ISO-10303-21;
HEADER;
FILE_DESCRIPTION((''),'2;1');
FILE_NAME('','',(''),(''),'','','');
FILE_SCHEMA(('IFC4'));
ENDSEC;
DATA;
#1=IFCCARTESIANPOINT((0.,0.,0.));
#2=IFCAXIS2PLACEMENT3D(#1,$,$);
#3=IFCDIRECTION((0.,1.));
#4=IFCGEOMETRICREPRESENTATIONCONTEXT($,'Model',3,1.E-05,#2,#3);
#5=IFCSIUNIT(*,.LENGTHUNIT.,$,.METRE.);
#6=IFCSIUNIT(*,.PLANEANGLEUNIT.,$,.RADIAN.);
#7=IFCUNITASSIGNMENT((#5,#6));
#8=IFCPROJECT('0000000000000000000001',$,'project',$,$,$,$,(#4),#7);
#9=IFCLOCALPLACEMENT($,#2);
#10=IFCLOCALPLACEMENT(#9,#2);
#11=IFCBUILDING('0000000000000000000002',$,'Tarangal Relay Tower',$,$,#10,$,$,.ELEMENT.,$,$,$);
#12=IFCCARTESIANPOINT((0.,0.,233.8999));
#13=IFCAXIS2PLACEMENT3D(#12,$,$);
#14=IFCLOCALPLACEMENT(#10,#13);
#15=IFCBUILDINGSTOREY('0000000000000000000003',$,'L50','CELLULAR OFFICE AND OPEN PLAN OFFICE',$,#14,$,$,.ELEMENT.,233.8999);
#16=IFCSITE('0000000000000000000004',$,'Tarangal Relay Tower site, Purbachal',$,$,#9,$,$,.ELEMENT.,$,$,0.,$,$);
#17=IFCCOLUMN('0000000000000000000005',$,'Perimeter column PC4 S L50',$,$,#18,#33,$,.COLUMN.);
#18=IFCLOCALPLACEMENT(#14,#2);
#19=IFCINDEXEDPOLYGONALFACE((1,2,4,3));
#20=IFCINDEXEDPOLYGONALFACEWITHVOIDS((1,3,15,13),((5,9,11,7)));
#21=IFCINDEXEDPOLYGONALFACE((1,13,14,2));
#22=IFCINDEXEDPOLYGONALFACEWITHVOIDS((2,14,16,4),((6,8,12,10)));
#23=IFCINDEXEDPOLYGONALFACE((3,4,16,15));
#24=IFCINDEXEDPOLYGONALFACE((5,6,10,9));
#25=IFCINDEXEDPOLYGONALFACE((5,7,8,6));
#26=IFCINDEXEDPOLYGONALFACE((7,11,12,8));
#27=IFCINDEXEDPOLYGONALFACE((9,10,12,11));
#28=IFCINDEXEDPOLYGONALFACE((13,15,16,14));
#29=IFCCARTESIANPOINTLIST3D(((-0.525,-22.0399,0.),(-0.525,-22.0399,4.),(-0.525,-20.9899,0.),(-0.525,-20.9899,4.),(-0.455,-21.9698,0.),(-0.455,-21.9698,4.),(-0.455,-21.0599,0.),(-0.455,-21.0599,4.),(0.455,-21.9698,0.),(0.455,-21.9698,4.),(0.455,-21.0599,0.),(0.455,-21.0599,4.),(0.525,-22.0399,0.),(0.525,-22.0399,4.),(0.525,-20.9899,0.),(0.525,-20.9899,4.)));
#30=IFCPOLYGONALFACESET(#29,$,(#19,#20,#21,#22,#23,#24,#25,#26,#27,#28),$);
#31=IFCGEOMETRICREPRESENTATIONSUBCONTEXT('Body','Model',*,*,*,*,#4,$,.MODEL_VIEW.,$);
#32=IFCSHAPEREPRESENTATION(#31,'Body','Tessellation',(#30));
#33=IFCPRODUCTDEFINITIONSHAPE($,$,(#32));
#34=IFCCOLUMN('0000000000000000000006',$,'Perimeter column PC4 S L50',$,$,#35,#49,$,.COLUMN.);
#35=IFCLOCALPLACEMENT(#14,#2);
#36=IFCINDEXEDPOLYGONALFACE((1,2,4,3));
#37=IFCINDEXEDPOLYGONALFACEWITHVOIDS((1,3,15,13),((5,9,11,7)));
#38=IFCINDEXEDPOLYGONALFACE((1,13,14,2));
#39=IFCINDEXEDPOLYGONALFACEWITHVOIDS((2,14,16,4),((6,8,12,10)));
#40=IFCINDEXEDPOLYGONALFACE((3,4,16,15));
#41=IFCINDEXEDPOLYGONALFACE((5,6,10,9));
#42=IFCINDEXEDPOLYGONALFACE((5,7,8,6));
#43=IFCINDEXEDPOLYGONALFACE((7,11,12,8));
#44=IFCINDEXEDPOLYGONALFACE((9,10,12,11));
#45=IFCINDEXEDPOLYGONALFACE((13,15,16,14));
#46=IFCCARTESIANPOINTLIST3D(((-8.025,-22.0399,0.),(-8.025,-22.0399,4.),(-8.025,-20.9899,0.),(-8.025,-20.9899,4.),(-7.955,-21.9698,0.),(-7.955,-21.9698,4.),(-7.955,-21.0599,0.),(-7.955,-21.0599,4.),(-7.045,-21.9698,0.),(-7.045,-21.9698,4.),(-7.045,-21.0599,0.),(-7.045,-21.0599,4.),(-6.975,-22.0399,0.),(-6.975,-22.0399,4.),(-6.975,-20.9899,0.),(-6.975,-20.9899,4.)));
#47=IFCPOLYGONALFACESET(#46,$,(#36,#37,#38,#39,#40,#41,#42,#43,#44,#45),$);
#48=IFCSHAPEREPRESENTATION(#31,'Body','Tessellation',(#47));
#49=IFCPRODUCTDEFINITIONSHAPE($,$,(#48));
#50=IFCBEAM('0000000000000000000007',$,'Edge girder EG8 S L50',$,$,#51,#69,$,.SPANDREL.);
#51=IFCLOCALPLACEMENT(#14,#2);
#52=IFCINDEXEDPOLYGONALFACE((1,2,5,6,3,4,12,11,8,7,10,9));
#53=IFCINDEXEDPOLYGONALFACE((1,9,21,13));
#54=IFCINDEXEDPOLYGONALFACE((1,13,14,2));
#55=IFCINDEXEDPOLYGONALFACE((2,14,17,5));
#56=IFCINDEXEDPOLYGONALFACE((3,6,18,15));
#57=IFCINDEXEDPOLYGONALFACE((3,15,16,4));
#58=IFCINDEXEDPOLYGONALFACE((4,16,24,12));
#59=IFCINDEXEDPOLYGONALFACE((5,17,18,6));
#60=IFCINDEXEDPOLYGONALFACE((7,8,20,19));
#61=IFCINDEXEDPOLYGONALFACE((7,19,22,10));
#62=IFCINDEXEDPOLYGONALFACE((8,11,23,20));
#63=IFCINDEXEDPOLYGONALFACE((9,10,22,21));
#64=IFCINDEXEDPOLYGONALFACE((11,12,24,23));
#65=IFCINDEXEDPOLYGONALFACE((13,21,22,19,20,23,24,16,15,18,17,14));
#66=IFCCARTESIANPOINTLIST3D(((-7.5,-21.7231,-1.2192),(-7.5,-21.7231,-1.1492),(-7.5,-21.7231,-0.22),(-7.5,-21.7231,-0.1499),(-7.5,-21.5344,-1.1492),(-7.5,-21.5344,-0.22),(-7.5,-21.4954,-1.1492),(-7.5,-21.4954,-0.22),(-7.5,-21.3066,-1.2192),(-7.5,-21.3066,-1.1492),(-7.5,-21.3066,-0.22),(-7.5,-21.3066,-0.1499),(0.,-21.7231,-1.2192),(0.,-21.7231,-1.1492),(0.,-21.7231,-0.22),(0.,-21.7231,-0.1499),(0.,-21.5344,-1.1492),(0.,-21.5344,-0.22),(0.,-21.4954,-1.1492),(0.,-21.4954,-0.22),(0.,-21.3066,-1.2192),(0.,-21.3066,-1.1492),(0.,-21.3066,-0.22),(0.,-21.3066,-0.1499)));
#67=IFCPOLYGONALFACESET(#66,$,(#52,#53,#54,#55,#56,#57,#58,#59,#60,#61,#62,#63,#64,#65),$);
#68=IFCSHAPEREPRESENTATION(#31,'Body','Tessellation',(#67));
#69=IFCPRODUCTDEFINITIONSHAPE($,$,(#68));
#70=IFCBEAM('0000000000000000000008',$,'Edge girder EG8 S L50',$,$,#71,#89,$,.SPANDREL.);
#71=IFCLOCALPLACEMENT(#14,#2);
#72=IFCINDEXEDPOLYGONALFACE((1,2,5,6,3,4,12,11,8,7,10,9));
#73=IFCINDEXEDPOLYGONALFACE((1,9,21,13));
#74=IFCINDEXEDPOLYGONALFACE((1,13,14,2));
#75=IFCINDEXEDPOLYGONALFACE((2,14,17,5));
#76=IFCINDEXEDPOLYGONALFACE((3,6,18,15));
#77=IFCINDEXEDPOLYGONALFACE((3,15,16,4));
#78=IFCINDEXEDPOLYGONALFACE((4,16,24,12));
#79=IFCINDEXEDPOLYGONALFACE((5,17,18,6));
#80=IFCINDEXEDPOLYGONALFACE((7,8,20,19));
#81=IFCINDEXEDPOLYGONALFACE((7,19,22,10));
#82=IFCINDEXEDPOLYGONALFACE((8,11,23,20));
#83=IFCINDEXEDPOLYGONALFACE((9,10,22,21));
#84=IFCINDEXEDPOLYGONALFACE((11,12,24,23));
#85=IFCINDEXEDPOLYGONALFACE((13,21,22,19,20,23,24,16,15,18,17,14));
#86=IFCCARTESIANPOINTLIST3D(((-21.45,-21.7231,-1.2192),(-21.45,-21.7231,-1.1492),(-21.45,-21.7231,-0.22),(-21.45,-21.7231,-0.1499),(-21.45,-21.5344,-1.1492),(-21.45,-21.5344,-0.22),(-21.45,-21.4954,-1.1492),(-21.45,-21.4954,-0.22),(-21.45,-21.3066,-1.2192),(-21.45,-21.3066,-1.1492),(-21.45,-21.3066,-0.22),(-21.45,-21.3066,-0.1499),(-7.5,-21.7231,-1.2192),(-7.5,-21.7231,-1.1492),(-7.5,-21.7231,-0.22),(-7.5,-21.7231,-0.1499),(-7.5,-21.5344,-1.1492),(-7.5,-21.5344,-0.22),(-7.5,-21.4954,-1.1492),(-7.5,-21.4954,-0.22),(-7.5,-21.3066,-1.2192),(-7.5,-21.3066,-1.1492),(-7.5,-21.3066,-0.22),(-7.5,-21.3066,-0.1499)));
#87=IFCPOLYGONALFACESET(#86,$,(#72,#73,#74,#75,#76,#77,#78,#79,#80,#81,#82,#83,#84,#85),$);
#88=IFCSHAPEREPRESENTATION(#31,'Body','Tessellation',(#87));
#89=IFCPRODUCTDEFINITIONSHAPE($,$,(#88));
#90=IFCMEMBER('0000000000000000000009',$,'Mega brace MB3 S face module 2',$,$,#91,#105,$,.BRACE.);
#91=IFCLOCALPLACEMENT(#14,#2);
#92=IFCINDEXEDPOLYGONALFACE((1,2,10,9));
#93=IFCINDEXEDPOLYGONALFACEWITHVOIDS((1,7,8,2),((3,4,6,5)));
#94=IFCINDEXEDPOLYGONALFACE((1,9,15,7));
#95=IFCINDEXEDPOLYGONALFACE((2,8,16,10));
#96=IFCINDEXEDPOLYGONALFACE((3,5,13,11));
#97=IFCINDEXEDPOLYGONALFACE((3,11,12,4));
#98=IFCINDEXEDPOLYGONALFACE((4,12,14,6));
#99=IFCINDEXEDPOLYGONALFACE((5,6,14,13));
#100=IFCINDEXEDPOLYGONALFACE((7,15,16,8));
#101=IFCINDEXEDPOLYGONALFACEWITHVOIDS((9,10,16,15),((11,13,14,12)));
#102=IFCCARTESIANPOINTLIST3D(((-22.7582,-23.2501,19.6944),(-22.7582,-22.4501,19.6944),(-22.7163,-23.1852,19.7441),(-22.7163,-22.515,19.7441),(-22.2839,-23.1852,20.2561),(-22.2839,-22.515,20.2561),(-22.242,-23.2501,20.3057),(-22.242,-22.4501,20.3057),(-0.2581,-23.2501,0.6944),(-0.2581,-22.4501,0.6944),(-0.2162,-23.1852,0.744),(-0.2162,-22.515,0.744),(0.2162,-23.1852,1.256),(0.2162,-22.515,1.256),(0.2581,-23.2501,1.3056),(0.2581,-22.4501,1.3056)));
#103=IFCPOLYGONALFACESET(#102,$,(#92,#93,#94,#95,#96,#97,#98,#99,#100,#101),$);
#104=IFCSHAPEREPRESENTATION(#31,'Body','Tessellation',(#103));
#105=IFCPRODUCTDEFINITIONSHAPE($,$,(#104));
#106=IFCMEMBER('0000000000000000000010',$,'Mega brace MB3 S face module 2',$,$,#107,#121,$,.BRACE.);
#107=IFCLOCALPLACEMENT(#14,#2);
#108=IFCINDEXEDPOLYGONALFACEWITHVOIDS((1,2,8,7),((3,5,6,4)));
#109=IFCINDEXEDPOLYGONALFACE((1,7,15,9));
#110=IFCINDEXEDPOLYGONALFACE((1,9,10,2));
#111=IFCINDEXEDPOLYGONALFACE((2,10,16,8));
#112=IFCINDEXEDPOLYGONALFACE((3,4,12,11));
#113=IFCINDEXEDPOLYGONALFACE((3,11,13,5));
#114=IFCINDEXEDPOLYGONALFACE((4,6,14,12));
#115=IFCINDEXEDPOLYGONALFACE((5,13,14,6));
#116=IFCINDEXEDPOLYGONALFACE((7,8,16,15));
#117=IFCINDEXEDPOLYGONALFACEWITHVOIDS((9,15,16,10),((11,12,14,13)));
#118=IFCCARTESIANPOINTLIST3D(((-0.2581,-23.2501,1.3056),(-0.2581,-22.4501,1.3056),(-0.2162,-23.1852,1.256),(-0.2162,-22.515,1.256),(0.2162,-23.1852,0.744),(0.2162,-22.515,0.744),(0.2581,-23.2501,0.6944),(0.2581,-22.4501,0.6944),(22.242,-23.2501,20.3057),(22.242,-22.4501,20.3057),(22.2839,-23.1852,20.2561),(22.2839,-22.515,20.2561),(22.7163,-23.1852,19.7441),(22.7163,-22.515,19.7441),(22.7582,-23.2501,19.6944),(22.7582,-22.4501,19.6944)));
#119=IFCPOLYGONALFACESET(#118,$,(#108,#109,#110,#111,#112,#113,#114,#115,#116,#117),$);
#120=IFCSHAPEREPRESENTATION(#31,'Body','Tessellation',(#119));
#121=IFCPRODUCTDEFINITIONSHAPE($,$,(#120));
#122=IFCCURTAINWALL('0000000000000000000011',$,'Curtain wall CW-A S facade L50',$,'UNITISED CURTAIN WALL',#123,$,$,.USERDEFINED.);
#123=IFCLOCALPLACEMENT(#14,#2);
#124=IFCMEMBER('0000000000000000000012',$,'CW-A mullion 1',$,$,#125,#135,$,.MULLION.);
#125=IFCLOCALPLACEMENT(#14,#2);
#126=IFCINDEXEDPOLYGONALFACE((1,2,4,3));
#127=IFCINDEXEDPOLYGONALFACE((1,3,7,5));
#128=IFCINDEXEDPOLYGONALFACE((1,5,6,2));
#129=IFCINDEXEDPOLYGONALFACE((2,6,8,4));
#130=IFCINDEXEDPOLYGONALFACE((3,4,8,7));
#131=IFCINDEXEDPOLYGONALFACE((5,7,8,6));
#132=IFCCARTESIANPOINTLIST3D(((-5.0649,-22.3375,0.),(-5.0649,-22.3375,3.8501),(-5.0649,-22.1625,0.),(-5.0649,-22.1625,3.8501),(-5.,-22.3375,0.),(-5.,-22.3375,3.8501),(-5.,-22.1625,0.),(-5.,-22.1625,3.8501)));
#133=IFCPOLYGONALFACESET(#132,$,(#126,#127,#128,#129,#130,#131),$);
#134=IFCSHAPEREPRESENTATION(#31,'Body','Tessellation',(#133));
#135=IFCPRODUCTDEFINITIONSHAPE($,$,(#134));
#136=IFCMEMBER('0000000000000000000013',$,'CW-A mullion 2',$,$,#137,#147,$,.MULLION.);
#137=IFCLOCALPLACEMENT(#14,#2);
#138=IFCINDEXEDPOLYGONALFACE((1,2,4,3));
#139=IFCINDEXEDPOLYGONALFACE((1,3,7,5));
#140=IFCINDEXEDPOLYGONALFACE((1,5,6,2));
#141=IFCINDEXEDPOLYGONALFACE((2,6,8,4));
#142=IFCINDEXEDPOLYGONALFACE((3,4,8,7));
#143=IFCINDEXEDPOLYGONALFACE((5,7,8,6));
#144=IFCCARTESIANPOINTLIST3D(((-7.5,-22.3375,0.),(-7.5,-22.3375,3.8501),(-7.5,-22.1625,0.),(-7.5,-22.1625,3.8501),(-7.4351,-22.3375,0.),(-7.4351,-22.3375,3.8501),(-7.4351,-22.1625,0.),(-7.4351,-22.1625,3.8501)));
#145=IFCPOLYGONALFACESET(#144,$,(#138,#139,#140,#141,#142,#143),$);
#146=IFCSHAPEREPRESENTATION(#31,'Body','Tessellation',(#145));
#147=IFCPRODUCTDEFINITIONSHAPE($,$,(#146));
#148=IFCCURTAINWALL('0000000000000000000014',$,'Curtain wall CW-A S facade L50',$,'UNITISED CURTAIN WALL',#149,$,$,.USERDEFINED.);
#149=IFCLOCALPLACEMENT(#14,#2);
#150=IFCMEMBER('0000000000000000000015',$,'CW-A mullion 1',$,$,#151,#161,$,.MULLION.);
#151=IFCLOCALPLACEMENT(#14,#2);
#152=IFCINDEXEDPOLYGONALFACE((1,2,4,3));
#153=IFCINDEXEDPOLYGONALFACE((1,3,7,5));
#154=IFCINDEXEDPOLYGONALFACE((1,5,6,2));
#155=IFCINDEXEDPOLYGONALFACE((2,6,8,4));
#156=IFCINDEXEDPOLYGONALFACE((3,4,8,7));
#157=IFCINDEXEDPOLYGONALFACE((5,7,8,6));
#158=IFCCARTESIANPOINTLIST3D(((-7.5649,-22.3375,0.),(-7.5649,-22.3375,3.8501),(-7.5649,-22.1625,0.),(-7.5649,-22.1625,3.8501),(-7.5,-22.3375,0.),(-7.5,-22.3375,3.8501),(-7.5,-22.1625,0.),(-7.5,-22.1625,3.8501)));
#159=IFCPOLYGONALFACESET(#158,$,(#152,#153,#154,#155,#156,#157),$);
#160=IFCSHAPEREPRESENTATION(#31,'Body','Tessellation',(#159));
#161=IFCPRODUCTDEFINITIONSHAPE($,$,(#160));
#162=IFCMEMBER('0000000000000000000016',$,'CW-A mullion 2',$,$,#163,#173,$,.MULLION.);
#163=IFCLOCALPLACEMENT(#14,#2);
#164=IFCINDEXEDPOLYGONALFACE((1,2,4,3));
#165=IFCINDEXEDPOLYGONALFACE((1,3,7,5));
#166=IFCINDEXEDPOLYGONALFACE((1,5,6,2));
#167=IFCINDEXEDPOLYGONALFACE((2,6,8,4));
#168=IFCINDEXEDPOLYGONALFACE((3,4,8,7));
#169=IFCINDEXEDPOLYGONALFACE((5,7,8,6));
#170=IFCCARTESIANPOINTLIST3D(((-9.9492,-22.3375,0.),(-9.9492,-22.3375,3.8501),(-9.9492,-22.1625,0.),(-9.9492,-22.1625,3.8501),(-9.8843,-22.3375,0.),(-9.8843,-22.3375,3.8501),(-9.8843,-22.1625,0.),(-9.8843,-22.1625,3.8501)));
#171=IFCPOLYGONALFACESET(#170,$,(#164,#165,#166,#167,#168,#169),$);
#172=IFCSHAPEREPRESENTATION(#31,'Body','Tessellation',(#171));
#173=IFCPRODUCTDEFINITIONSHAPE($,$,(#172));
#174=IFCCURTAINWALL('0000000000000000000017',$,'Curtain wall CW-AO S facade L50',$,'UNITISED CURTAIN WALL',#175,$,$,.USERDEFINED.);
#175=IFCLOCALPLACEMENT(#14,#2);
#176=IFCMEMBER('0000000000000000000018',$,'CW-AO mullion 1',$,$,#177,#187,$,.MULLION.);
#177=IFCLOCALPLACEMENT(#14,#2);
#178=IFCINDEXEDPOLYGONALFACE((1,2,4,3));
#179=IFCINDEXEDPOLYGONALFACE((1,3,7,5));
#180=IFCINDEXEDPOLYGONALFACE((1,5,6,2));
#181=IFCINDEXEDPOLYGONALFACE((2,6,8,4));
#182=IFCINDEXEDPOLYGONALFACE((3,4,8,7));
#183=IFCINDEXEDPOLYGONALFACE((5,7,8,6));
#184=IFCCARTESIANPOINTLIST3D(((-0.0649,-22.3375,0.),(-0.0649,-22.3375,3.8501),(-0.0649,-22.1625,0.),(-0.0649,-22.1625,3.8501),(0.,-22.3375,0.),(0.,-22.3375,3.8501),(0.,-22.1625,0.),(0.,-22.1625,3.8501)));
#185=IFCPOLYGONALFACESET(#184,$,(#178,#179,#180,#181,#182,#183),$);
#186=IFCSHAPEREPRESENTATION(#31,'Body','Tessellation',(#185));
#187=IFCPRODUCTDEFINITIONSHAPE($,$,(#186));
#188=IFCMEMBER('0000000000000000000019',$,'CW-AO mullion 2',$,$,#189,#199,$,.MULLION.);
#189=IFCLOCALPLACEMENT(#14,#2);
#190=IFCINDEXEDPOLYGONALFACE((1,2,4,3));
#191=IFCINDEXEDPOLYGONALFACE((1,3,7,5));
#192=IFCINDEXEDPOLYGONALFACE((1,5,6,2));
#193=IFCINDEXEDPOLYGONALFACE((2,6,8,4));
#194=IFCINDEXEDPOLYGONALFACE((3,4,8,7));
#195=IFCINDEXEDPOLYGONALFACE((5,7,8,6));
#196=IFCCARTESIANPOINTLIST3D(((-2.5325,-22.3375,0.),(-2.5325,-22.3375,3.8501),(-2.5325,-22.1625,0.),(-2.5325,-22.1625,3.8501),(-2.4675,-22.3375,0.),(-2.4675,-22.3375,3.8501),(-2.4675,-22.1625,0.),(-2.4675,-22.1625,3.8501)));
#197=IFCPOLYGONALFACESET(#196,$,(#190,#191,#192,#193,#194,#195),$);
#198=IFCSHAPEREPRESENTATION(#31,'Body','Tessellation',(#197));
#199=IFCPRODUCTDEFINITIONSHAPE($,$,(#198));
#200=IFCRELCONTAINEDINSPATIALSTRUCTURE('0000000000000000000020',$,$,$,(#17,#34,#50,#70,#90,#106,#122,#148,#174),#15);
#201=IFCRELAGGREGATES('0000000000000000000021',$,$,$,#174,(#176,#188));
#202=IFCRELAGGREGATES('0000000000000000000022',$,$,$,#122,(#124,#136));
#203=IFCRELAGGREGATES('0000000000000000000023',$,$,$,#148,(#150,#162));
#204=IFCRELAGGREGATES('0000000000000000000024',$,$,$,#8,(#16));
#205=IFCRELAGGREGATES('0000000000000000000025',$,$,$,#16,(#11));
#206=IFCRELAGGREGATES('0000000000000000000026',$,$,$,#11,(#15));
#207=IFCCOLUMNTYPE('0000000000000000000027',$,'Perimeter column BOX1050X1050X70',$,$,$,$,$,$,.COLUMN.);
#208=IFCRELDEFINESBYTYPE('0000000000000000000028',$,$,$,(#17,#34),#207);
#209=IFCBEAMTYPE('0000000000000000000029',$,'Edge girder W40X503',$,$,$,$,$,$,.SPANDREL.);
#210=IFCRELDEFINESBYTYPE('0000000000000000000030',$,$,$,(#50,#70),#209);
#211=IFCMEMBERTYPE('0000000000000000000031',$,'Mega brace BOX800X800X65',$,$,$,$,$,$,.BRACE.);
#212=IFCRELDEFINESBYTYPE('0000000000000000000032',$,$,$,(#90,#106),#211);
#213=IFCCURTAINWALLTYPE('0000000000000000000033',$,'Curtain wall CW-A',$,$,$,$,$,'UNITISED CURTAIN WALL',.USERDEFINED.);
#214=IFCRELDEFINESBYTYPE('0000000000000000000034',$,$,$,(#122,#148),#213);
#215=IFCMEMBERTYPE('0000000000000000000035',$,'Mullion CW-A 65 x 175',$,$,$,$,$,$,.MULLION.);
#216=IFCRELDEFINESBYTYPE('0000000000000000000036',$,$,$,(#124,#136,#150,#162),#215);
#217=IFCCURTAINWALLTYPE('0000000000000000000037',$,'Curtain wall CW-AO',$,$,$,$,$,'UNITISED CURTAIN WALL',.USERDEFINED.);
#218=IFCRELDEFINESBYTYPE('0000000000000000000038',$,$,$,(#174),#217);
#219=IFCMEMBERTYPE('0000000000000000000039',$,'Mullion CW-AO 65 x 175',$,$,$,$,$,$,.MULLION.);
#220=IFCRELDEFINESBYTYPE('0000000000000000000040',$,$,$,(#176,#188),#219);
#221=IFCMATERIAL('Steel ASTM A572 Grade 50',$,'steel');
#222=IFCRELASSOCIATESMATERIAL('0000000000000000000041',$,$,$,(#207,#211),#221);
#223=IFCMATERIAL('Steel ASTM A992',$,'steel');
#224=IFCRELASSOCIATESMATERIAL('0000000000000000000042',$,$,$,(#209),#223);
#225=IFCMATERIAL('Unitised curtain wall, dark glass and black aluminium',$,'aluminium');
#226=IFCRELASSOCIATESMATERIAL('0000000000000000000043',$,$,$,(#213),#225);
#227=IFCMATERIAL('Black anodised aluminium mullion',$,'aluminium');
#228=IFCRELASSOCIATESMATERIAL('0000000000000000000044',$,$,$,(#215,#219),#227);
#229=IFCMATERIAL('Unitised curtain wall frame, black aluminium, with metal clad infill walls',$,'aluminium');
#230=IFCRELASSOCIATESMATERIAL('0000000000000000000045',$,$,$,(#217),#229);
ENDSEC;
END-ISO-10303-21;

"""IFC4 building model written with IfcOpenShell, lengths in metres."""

from ifc_helpers import new_model, si_unit, direction, frame, origin, origin_2d, place, context, subcontext, project, spatial, rectangle, hollow_rectangle, i_section, extrude, material, material_profile, profile_set, type_object, element, aggregate, save


model = new_model("IFC4")

# Units and contexts
model_context = context("Model", 3, precision=1e-05, world=origin(), true_north=direction((0.0, 1.0)))
body_context = subcontext(model_context, "Body", "Model", "MODEL_VIEW")
ifc_project = project(units=[si_unit("LENGTHUNIT", "METRE"), si_unit("PLANEANGLEUNIT", "RADIAN")], contexts=[model_context])

# Site, building, storey
site_placement = place(None, origin())
site = spatial("IfcSite", under=ifc_project, at=site_placement, Name="Tarangal Relay Tower site, Purbachal", CompositionType="ELEMENT", RefElevation=0.0)
building_placement = place(site_placement, origin())
building = spatial("IfcBuilding", under=site, at=building_placement, Name="Tarangal Relay Tower", CompositionType="ELEMENT")
storey_placement = place(building_placement, frame((0.0, 0.0, 233.8999)))
storey = spatial("IfcBuildingStorey", under=building, at=storey_placement, Name="L50", Description="CELLULAR OFFICE AND OPEN PLAN OFFICE", CompositionType="ELEMENT", Elevation=233.8999)

# Columns
ifc_material_1 = material(Name="Steel ASTM A572 Grade 50", Category="steel")
ifc_material_profile_1 = material_profile(ifc_material_1, hollow_rectangle(XDim=1.05, YDim=1.05, WallThickness=0.0701, at=origin_2d()), Name="BOX1050X1050X70")
ifc_profile_set_1 = profile_set([ifc_material_profile_1], Name="Steel ASTM A572 Grade 50")
column_type = type_object("IfcColumnType", Name="Perimeter column BOX1050X1050X70", PredefinedType="COLUMN", material=ifc_profile_set_1)
for number, where, z_axis, x_axis, name in (
    (1, (0.0, -21.5149, 0.0), (0.0, 0.0, 1.0), (1.0, 0.0, 0.0), "Perimeter column PC4 S L50"),
    (2, (-7.5, -21.5149, 0.0), (0.0, 0.0, 1.0), (1.0, 0.0, 0.0), "Perimeter column PC4 S L50"),
):
    element("IfcColumn", number, at=place(storey_placement, frame(where, z_axis=z_axis, x_axis=x_axis)), inside=storey, type_object=column_type, Name=name, PredefinedType="COLUMN", context=body_context, shape_type="SweptSolid", body=[
        extrude(hollow_rectangle(XDim=1.05, YDim=1.05, WallThickness=0.0701, at=origin_2d()), origin(), (0.0, 0.0, 1.0), 4.0),
    ])

# Beams
ifc_material_2 = material(Name="Steel ASTM A992", Category="steel")
ifc_material_profile_2 = material_profile(ifc_material_2, i_section(OverallWidth=0.4165, OverallDepth=1.0693, WebThickness=0.0391, FlangeThickness=0.0701, at=origin_2d()), Name="W40X503")
ifc_profile_set_2 = profile_set([ifc_material_profile_2], Name="Steel ASTM A992")
beam_type = type_object("IfcBeamType", Name="Edge girder W40X503", PredefinedType="SPANDREL", material=ifc_profile_set_2)
beam_1_placement = place(storey_placement, frame((0.0, -21.5149, -0.6846), z_axis=(-1.0, 0.0, 0.0), x_axis=(0.0, -1.0, 0.0)))
element("IfcBeam", 3, at=beam_1_placement, inside=storey, type_object=beam_type, Name="Edge girder EG8 S L50", PredefinedType="SPANDREL", context=body_context, shape_type="SweptSolid", body=[
    extrude(i_section(OverallWidth=0.4165, OverallDepth=1.0693, WebThickness=0.0391, FlangeThickness=0.0701, at=origin_2d()), origin(), (0.0, 0.0, 1.0), 7.5),
])
beam_2_placement = place(storey_placement, frame((-7.5, -21.5149, -0.6846), z_axis=(-1.0, 0.0, 0.0), x_axis=(0.0, -1.0, 0.0)))
element("IfcBeam", 4, at=beam_2_placement, inside=storey, type_object=beam_type, Name="Edge girder EG8 S L50", PredefinedType="SPANDREL", context=body_context, shape_type="SweptSolid", body=[
    extrude(i_section(OverallWidth=0.4165, OverallDepth=1.0693, WebThickness=0.0391, FlangeThickness=0.0701, at=origin_2d()), origin(), (0.0, 0.0, 1.0), 13.95),
])

# Members
ifc_material_profile_3 = material_profile(ifc_material_1, hollow_rectangle(XDim=0.8, YDim=0.8, WallThickness=0.0649, at=origin_2d()), Name="BOX800X800X65")
ifc_profile_set_3 = profile_set([ifc_material_profile_3], Name="Steel ASTM A572 Grade 50")
member_type_1 = type_object("IfcMemberType", Name="Mega brace BOX800X800X65", PredefinedType="BRACE", material=ifc_profile_set_3)
for number, where, z_axis, x_axis, name in (
    (5, (0.0, -22.8501, 1.0), (-0.76403, 0.0, 0.645181), (0.0, -1.0, 0.0), "Mega brace MB3 S face module 2"),
    (6, (0.0, -22.8501, 1.0), (0.76403, 0.0, 0.645181), (0.0, 1.0, 0.0), "Mega brace MB3 S face module 2"),
):
    element("IfcMember", number, at=place(storey_placement, frame(where, z_axis=z_axis, x_axis=x_axis)), inside=storey, type_object=member_type_1, Name=name, PredefinedType="BRACE", context=body_context, shape_type="SweptSolid", body=[
        extrude(hollow_rectangle(XDim=0.8, YDim=0.8, WallThickness=0.0649, at=origin_2d()), origin(), (0.0, 0.0, 1.0), 29.4492),
    ])

# Curtain walls, members
ifc_material_3 = material(Name="Unitised curtain wall, dark glass and black aluminium", Category="aluminium")
curtain_wall_type_1 = type_object("IfcCurtainWallType", Name="Curtain wall CW-A", ElementType="UNITISED CURTAIN WALL", PredefinedType="USERDEFINED", material=ifc_material_3)
curtain_wall_1_placement = place(storey_placement, origin())
curtain_wall_1 = element("IfcCurtainWall", 7, at=curtain_wall_1_placement, inside=storey, type_object=curtain_wall_type_1, Name="Curtain wall CW-A S facade L50", ObjectType="UNITISED CURTAIN WALL", PredefinedType="USERDEFINED")
ifc_material_4 = material(Name="Black anodised aluminium mullion", Category="aluminium")
ifc_material_profile_4 = material_profile(ifc_material_4, rectangle(XDim=0.175, YDim=0.0649, at=origin_2d()), Name="CW-AM 65X175")
ifc_profile_set_4 = profile_set([ifc_material_profile_4], Name="Black anodised aluminium mullion")
member_type_2 = type_object("IfcMemberType", Name="Mullion CW-A 65 x 175", PredefinedType="MULLION", material=ifc_profile_set_4)
member_1_placement = place(storey_placement, frame((-5.0325, -22.25, 0.0), z_axis=(0.0, 0.0, 1.0), x_axis=(0.0, -1.0, 0.0)))
member_1 = element("IfcMember", 8, at=member_1_placement, type_object=member_type_2, Name="CW-A mullion 1", PredefinedType="MULLION", context=body_context, shape_type="SweptSolid", body=[
    extrude(rectangle(XDim=0.175, YDim=0.0649, at=origin_2d()), origin(), (0.0, 0.0, 1.0), 3.8501),
])
member_2_placement = place(storey_placement, frame((-7.4675, -22.25, 0.0), z_axis=(0.0, 0.0, 1.0), x_axis=(0.0, -1.0, 0.0)))
member_2 = element("IfcMember", 9, at=member_2_placement, type_object=member_type_2, Name="CW-A mullion 2", PredefinedType="MULLION", context=body_context, shape_type="SweptSolid", body=[
    extrude(rectangle(XDim=0.175, YDim=0.0649, at=origin_2d()), origin(), (0.0, 0.0, 1.0), 3.8501),
])
curtain_wall_2_placement = place(storey_placement, origin())
curtain_wall_2 = element("IfcCurtainWall", 10, at=curtain_wall_2_placement, inside=storey, type_object=curtain_wall_type_1, Name="Curtain wall CW-A S facade L50", ObjectType="UNITISED CURTAIN WALL", PredefinedType="USERDEFINED")
member_3_placement = place(storey_placement, frame((-7.5325, -22.25, 0.0), z_axis=(0.0, 0.0, 1.0), x_axis=(0.0, -1.0, 0.0)))
member_3 = element("IfcMember", 11, at=member_3_placement, type_object=member_type_2, Name="CW-A mullion 1", PredefinedType="MULLION", context=body_context, shape_type="SweptSolid", body=[
    extrude(rectangle(XDim=0.175, YDim=0.0649, at=origin_2d()), origin(), (0.0, 0.0, 1.0), 3.8501),
])
member_4_placement = place(storey_placement, frame((-9.9167, -22.25, 0.0), z_axis=(0.0, 0.0, 1.0), x_axis=(0.0, -1.0, 0.0)))
member_4 = element("IfcMember", 12, at=member_4_placement, type_object=member_type_2, Name="CW-A mullion 2", PredefinedType="MULLION", context=body_context, shape_type="SweptSolid", body=[
    extrude(rectangle(XDim=0.175, YDim=0.0649, at=origin_2d()), origin(), (0.0, 0.0, 1.0), 3.8501),
])
ifc_material_5 = material(Name="Unitised curtain wall frame, black aluminium, with metal clad infill walls", Category="aluminium")
curtain_wall_type_2 = type_object("IfcCurtainWallType", Name="Curtain wall CW-AO", ElementType="UNITISED CURTAIN WALL", PredefinedType="USERDEFINED", material=ifc_material_5)
curtain_wall_3_placement = place(storey_placement, origin())
curtain_wall_3 = element("IfcCurtainWall", 13, at=curtain_wall_3_placement, inside=storey, type_object=curtain_wall_type_2, Name="Curtain wall CW-AO S facade L50", ObjectType="UNITISED CURTAIN WALL", PredefinedType="USERDEFINED")
ifc_material_profile_5 = material_profile(ifc_material_4, rectangle(XDim=0.175, YDim=0.0649, at=origin_2d()), Name="CW-AOM 65X175")
ifc_profile_set_5 = profile_set([ifc_material_profile_5], Name="Black anodised aluminium mullion")
member_type_3 = type_object("IfcMemberType", Name="Mullion CW-AO 65 x 175", PredefinedType="MULLION", material=ifc_profile_set_5)
member_5_placement = place(storey_placement, frame((-0.0325, -22.25, 0.0), z_axis=(0.0, 0.0, 1.0), x_axis=(0.0, -1.0, 0.0)))
member_5 = element("IfcMember", 14, at=member_5_placement, type_object=member_type_3, Name="CW-AO mullion 1", PredefinedType="MULLION", context=body_context, shape_type="SweptSolid", body=[
    extrude(rectangle(XDim=0.175, YDim=0.0649, at=origin_2d()), origin(), (0.0, 0.0, 1.0), 3.8501),
])
member_6_placement = place(storey_placement, frame((-2.5, -22.25, 0.0), z_axis=(0.0, 0.0, 1.0), x_axis=(0.0, -1.0, 0.0)))
member_6 = element("IfcMember", 15, at=member_6_placement, type_object=member_type_3, Name="CW-AO mullion 2", PredefinedType="MULLION", context=body_context, shape_type="SweptSolid", body=[
    extrude(rectangle(XDim=0.175, YDim=0.0649, at=origin_2d()), origin(), (0.0, 0.0, 1.0), 3.8501),
])

aggregate(curtain_wall_3, [member_5, member_6])

aggregate(curtain_wall_1, [member_1, member_2])
aggregate(curtain_wall_2, [member_3, member_4])

save(model, "model.ifc")
